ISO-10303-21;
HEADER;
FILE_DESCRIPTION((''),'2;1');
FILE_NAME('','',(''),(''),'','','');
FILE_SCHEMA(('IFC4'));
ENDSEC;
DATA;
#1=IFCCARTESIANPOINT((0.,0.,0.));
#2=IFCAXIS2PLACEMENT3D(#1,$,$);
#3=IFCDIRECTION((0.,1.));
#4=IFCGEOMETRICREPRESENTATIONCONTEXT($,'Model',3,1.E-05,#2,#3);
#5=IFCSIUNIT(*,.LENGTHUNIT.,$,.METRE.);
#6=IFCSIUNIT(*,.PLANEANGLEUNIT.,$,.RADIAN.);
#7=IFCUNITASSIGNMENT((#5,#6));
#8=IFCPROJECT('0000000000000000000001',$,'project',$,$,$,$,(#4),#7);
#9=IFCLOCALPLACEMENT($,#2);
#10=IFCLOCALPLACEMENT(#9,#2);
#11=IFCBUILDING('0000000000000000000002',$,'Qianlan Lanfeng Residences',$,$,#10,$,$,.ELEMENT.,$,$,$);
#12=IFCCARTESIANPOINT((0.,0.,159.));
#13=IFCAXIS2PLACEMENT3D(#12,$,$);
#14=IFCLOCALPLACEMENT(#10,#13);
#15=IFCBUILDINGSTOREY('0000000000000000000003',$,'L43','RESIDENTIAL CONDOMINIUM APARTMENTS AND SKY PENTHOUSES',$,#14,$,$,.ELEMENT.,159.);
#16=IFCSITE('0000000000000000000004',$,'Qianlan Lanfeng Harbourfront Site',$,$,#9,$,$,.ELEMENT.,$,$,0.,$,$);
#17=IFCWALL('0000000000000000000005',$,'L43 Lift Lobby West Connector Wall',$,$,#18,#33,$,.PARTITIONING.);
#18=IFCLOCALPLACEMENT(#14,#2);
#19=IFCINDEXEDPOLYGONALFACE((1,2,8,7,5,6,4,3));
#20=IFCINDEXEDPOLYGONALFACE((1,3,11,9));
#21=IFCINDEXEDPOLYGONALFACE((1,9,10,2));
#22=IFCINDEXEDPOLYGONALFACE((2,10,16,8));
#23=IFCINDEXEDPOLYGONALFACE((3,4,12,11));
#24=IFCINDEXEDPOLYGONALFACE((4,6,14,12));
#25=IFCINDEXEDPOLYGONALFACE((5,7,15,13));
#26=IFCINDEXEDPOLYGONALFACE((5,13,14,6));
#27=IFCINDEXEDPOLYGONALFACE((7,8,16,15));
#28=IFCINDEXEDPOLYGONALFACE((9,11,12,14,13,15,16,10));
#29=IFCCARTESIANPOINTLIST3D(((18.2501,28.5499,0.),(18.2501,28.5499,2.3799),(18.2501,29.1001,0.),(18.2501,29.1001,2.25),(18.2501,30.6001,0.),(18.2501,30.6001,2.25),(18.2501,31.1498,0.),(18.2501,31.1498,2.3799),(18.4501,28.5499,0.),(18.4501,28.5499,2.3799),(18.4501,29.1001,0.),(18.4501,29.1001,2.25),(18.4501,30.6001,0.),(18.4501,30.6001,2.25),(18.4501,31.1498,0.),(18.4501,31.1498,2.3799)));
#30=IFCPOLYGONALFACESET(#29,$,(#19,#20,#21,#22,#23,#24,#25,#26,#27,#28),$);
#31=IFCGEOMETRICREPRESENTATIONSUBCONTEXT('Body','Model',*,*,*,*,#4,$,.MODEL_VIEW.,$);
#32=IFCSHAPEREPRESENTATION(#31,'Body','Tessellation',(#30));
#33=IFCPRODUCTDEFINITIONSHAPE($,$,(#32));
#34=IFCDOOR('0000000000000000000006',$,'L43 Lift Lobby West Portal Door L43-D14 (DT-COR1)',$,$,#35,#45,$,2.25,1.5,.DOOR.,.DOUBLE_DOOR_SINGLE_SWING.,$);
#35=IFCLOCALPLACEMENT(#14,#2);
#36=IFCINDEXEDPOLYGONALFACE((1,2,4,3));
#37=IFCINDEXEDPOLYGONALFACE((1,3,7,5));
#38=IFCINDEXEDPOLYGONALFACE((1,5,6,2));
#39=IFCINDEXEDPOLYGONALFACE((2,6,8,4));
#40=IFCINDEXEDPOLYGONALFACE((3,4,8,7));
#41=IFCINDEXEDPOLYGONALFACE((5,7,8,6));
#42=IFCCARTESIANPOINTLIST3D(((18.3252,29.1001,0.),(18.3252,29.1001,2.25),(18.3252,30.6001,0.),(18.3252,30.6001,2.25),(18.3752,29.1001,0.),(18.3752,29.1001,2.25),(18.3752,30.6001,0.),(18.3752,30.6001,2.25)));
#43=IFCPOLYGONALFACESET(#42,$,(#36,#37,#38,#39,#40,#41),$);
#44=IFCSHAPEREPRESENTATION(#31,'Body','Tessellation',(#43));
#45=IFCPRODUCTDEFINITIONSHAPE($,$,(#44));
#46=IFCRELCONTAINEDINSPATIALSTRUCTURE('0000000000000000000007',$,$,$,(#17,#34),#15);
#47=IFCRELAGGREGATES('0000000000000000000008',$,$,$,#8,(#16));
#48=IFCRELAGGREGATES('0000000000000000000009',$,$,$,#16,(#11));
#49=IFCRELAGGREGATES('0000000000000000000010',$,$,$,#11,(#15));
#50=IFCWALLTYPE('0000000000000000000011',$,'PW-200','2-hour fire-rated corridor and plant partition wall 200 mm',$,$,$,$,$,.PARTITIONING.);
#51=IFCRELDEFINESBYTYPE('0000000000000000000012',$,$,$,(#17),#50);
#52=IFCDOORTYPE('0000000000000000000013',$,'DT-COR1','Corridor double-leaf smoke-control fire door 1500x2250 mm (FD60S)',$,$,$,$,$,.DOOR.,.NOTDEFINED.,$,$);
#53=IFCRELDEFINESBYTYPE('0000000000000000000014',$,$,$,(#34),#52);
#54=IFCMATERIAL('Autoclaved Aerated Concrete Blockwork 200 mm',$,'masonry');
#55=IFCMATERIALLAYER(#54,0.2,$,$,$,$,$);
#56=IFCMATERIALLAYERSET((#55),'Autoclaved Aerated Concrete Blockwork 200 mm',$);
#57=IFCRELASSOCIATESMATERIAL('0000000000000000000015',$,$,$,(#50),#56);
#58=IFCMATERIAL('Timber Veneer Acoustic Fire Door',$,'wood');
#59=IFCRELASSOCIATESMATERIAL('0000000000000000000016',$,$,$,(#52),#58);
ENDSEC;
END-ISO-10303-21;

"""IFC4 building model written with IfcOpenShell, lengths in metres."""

from ifc_helpers import new_model, si_unit, direction, frame, frame_2d, origin, place, context, subcontext, project, spatial, rectangle, extrude, material, layer, layer_set, type_object, element, fill, save


model = new_model("IFC4")

# Units and contexts
model_context = context("Model", 3, precision=1e-05, world=origin(), true_north=direction((0.0, 1.0)))
body_context = subcontext(model_context, "Body", "Model", "MODEL_VIEW")
ifc_project = project(units=[si_unit("LENGTHUNIT", "METRE"), si_unit("PLANEANGLEUNIT", "RADIAN")], contexts=[model_context])

# Site, building, storey
site_placement = place(None, origin())
site = spatial("IfcSite", under=ifc_project, at=site_placement, Name="Qianlan Lanfeng Harbourfront Site", CompositionType="ELEMENT", RefElevation=0.0)
building_placement = place(site_placement, origin())
building = spatial("IfcBuilding", under=site, at=building_placement, Name="Qianlan Lanfeng Residences", CompositionType="ELEMENT")
storey_placement = place(building_placement, frame((0.0, 0.0, 159.0)))
storey = spatial("IfcBuildingStorey", under=building, at=storey_placement, Name="L43", Description="RESIDENTIAL CONDOMINIUM APARTMENTS AND SKY PENTHOUSES", CompositionType="ELEMENT", Elevation=159.0)

# Wall, opening, door
ifc_material_1 = material(Name="Autoclaved Aerated Concrete Blockwork 200 mm", Category="masonry")
ifc_layer_1 = layer(ifc_material_1, 0.2)
ifc_layer_set_1 = layer_set([ifc_layer_1], Name="Autoclaved Aerated Concrete Blockwork 200 mm")
wall_type_1 = type_object("IfcWallType", Name="PW-200", Description="2-hour fire-rated corridor and plant partition wall 200 mm", PredefinedType="PARTITIONING", material=ifc_layer_set_1)
wall_1_placement = place(storey_placement, frame((18.3501, 28.55, 0.0), z_axis=(0.0, 0.0, 1.0), x_axis=(0.0, 1.0, 0.0)))
wall_1 = element("IfcWall", 1, at=wall_1_placement, inside=storey, type_object=wall_type_1, Name="L43 Lift Lobby West Connector Wall", PredefinedType="PARTITIONING", context=body_context, shape_type="SweptSolid", body=[
    extrude(rectangle(XDim=2.5999, YDim=0.2, at=frame_2d((1.2998, 0.0))), origin(), (0.0, 0.0, 1.0), 2.3799),
])
opening_1_placement = place(wall_1_placement, frame((0.55, 0.0, 0.0)))
opening_1 = element("IfcOpeningElement", 2, at=opening_1_placement, cuts=wall_1, PredefinedType="OPENING", context=body_context, shape_type="SweptSolid", body=[
    extrude(rectangle(XDim=1.5, YDim=2.25, at=frame_2d((0.75, 1.125))), frame((0.0, 0.1099, 0.0), z_axis=(0.0, -1.0, 0.0), x_axis=(1.0, 0.0, 0.0)), (0.0, 0.0, 1.0), 0.22),
])
ifc_material_2 = material(Name="Timber Veneer Acoustic Fire Door", Category="wood")
door_type_1 = type_object("IfcDoorType", Name="DT-COR1", Description="Corridor double-leaf smoke-control fire door 1500x2250 mm (FD60S)", OperationType="NOTDEFINED", PredefinedType="DOOR", material=ifc_material_2)
door_1_placement = place(opening_1_placement, origin())
door_1 = element("IfcDoor", 3, at=door_1_placement, inside=storey, type_object=door_type_1, Name="L43 Lift Lobby West Portal Door L43-D14 (DT-COR1)", OperationType="DOUBLE_DOOR_SINGLE_SWING", OverallHeight=2.25, OverallWidth=1.5, PredefinedType="DOOR", context=body_context, shape_type="SweptSolid", body=[
    extrude(rectangle(XDim=1.5, YDim=2.25, at=frame_2d((0.75, 1.125))), frame((0.0, 0.0249, 0.0), z_axis=(0.0, -1.0, 0.0), x_axis=(1.0, 0.0, 0.0)), (0.0, 0.0, 1.0), 0.05),
])
fill(opening_1, door_1)

save(model, "model.ifc")
